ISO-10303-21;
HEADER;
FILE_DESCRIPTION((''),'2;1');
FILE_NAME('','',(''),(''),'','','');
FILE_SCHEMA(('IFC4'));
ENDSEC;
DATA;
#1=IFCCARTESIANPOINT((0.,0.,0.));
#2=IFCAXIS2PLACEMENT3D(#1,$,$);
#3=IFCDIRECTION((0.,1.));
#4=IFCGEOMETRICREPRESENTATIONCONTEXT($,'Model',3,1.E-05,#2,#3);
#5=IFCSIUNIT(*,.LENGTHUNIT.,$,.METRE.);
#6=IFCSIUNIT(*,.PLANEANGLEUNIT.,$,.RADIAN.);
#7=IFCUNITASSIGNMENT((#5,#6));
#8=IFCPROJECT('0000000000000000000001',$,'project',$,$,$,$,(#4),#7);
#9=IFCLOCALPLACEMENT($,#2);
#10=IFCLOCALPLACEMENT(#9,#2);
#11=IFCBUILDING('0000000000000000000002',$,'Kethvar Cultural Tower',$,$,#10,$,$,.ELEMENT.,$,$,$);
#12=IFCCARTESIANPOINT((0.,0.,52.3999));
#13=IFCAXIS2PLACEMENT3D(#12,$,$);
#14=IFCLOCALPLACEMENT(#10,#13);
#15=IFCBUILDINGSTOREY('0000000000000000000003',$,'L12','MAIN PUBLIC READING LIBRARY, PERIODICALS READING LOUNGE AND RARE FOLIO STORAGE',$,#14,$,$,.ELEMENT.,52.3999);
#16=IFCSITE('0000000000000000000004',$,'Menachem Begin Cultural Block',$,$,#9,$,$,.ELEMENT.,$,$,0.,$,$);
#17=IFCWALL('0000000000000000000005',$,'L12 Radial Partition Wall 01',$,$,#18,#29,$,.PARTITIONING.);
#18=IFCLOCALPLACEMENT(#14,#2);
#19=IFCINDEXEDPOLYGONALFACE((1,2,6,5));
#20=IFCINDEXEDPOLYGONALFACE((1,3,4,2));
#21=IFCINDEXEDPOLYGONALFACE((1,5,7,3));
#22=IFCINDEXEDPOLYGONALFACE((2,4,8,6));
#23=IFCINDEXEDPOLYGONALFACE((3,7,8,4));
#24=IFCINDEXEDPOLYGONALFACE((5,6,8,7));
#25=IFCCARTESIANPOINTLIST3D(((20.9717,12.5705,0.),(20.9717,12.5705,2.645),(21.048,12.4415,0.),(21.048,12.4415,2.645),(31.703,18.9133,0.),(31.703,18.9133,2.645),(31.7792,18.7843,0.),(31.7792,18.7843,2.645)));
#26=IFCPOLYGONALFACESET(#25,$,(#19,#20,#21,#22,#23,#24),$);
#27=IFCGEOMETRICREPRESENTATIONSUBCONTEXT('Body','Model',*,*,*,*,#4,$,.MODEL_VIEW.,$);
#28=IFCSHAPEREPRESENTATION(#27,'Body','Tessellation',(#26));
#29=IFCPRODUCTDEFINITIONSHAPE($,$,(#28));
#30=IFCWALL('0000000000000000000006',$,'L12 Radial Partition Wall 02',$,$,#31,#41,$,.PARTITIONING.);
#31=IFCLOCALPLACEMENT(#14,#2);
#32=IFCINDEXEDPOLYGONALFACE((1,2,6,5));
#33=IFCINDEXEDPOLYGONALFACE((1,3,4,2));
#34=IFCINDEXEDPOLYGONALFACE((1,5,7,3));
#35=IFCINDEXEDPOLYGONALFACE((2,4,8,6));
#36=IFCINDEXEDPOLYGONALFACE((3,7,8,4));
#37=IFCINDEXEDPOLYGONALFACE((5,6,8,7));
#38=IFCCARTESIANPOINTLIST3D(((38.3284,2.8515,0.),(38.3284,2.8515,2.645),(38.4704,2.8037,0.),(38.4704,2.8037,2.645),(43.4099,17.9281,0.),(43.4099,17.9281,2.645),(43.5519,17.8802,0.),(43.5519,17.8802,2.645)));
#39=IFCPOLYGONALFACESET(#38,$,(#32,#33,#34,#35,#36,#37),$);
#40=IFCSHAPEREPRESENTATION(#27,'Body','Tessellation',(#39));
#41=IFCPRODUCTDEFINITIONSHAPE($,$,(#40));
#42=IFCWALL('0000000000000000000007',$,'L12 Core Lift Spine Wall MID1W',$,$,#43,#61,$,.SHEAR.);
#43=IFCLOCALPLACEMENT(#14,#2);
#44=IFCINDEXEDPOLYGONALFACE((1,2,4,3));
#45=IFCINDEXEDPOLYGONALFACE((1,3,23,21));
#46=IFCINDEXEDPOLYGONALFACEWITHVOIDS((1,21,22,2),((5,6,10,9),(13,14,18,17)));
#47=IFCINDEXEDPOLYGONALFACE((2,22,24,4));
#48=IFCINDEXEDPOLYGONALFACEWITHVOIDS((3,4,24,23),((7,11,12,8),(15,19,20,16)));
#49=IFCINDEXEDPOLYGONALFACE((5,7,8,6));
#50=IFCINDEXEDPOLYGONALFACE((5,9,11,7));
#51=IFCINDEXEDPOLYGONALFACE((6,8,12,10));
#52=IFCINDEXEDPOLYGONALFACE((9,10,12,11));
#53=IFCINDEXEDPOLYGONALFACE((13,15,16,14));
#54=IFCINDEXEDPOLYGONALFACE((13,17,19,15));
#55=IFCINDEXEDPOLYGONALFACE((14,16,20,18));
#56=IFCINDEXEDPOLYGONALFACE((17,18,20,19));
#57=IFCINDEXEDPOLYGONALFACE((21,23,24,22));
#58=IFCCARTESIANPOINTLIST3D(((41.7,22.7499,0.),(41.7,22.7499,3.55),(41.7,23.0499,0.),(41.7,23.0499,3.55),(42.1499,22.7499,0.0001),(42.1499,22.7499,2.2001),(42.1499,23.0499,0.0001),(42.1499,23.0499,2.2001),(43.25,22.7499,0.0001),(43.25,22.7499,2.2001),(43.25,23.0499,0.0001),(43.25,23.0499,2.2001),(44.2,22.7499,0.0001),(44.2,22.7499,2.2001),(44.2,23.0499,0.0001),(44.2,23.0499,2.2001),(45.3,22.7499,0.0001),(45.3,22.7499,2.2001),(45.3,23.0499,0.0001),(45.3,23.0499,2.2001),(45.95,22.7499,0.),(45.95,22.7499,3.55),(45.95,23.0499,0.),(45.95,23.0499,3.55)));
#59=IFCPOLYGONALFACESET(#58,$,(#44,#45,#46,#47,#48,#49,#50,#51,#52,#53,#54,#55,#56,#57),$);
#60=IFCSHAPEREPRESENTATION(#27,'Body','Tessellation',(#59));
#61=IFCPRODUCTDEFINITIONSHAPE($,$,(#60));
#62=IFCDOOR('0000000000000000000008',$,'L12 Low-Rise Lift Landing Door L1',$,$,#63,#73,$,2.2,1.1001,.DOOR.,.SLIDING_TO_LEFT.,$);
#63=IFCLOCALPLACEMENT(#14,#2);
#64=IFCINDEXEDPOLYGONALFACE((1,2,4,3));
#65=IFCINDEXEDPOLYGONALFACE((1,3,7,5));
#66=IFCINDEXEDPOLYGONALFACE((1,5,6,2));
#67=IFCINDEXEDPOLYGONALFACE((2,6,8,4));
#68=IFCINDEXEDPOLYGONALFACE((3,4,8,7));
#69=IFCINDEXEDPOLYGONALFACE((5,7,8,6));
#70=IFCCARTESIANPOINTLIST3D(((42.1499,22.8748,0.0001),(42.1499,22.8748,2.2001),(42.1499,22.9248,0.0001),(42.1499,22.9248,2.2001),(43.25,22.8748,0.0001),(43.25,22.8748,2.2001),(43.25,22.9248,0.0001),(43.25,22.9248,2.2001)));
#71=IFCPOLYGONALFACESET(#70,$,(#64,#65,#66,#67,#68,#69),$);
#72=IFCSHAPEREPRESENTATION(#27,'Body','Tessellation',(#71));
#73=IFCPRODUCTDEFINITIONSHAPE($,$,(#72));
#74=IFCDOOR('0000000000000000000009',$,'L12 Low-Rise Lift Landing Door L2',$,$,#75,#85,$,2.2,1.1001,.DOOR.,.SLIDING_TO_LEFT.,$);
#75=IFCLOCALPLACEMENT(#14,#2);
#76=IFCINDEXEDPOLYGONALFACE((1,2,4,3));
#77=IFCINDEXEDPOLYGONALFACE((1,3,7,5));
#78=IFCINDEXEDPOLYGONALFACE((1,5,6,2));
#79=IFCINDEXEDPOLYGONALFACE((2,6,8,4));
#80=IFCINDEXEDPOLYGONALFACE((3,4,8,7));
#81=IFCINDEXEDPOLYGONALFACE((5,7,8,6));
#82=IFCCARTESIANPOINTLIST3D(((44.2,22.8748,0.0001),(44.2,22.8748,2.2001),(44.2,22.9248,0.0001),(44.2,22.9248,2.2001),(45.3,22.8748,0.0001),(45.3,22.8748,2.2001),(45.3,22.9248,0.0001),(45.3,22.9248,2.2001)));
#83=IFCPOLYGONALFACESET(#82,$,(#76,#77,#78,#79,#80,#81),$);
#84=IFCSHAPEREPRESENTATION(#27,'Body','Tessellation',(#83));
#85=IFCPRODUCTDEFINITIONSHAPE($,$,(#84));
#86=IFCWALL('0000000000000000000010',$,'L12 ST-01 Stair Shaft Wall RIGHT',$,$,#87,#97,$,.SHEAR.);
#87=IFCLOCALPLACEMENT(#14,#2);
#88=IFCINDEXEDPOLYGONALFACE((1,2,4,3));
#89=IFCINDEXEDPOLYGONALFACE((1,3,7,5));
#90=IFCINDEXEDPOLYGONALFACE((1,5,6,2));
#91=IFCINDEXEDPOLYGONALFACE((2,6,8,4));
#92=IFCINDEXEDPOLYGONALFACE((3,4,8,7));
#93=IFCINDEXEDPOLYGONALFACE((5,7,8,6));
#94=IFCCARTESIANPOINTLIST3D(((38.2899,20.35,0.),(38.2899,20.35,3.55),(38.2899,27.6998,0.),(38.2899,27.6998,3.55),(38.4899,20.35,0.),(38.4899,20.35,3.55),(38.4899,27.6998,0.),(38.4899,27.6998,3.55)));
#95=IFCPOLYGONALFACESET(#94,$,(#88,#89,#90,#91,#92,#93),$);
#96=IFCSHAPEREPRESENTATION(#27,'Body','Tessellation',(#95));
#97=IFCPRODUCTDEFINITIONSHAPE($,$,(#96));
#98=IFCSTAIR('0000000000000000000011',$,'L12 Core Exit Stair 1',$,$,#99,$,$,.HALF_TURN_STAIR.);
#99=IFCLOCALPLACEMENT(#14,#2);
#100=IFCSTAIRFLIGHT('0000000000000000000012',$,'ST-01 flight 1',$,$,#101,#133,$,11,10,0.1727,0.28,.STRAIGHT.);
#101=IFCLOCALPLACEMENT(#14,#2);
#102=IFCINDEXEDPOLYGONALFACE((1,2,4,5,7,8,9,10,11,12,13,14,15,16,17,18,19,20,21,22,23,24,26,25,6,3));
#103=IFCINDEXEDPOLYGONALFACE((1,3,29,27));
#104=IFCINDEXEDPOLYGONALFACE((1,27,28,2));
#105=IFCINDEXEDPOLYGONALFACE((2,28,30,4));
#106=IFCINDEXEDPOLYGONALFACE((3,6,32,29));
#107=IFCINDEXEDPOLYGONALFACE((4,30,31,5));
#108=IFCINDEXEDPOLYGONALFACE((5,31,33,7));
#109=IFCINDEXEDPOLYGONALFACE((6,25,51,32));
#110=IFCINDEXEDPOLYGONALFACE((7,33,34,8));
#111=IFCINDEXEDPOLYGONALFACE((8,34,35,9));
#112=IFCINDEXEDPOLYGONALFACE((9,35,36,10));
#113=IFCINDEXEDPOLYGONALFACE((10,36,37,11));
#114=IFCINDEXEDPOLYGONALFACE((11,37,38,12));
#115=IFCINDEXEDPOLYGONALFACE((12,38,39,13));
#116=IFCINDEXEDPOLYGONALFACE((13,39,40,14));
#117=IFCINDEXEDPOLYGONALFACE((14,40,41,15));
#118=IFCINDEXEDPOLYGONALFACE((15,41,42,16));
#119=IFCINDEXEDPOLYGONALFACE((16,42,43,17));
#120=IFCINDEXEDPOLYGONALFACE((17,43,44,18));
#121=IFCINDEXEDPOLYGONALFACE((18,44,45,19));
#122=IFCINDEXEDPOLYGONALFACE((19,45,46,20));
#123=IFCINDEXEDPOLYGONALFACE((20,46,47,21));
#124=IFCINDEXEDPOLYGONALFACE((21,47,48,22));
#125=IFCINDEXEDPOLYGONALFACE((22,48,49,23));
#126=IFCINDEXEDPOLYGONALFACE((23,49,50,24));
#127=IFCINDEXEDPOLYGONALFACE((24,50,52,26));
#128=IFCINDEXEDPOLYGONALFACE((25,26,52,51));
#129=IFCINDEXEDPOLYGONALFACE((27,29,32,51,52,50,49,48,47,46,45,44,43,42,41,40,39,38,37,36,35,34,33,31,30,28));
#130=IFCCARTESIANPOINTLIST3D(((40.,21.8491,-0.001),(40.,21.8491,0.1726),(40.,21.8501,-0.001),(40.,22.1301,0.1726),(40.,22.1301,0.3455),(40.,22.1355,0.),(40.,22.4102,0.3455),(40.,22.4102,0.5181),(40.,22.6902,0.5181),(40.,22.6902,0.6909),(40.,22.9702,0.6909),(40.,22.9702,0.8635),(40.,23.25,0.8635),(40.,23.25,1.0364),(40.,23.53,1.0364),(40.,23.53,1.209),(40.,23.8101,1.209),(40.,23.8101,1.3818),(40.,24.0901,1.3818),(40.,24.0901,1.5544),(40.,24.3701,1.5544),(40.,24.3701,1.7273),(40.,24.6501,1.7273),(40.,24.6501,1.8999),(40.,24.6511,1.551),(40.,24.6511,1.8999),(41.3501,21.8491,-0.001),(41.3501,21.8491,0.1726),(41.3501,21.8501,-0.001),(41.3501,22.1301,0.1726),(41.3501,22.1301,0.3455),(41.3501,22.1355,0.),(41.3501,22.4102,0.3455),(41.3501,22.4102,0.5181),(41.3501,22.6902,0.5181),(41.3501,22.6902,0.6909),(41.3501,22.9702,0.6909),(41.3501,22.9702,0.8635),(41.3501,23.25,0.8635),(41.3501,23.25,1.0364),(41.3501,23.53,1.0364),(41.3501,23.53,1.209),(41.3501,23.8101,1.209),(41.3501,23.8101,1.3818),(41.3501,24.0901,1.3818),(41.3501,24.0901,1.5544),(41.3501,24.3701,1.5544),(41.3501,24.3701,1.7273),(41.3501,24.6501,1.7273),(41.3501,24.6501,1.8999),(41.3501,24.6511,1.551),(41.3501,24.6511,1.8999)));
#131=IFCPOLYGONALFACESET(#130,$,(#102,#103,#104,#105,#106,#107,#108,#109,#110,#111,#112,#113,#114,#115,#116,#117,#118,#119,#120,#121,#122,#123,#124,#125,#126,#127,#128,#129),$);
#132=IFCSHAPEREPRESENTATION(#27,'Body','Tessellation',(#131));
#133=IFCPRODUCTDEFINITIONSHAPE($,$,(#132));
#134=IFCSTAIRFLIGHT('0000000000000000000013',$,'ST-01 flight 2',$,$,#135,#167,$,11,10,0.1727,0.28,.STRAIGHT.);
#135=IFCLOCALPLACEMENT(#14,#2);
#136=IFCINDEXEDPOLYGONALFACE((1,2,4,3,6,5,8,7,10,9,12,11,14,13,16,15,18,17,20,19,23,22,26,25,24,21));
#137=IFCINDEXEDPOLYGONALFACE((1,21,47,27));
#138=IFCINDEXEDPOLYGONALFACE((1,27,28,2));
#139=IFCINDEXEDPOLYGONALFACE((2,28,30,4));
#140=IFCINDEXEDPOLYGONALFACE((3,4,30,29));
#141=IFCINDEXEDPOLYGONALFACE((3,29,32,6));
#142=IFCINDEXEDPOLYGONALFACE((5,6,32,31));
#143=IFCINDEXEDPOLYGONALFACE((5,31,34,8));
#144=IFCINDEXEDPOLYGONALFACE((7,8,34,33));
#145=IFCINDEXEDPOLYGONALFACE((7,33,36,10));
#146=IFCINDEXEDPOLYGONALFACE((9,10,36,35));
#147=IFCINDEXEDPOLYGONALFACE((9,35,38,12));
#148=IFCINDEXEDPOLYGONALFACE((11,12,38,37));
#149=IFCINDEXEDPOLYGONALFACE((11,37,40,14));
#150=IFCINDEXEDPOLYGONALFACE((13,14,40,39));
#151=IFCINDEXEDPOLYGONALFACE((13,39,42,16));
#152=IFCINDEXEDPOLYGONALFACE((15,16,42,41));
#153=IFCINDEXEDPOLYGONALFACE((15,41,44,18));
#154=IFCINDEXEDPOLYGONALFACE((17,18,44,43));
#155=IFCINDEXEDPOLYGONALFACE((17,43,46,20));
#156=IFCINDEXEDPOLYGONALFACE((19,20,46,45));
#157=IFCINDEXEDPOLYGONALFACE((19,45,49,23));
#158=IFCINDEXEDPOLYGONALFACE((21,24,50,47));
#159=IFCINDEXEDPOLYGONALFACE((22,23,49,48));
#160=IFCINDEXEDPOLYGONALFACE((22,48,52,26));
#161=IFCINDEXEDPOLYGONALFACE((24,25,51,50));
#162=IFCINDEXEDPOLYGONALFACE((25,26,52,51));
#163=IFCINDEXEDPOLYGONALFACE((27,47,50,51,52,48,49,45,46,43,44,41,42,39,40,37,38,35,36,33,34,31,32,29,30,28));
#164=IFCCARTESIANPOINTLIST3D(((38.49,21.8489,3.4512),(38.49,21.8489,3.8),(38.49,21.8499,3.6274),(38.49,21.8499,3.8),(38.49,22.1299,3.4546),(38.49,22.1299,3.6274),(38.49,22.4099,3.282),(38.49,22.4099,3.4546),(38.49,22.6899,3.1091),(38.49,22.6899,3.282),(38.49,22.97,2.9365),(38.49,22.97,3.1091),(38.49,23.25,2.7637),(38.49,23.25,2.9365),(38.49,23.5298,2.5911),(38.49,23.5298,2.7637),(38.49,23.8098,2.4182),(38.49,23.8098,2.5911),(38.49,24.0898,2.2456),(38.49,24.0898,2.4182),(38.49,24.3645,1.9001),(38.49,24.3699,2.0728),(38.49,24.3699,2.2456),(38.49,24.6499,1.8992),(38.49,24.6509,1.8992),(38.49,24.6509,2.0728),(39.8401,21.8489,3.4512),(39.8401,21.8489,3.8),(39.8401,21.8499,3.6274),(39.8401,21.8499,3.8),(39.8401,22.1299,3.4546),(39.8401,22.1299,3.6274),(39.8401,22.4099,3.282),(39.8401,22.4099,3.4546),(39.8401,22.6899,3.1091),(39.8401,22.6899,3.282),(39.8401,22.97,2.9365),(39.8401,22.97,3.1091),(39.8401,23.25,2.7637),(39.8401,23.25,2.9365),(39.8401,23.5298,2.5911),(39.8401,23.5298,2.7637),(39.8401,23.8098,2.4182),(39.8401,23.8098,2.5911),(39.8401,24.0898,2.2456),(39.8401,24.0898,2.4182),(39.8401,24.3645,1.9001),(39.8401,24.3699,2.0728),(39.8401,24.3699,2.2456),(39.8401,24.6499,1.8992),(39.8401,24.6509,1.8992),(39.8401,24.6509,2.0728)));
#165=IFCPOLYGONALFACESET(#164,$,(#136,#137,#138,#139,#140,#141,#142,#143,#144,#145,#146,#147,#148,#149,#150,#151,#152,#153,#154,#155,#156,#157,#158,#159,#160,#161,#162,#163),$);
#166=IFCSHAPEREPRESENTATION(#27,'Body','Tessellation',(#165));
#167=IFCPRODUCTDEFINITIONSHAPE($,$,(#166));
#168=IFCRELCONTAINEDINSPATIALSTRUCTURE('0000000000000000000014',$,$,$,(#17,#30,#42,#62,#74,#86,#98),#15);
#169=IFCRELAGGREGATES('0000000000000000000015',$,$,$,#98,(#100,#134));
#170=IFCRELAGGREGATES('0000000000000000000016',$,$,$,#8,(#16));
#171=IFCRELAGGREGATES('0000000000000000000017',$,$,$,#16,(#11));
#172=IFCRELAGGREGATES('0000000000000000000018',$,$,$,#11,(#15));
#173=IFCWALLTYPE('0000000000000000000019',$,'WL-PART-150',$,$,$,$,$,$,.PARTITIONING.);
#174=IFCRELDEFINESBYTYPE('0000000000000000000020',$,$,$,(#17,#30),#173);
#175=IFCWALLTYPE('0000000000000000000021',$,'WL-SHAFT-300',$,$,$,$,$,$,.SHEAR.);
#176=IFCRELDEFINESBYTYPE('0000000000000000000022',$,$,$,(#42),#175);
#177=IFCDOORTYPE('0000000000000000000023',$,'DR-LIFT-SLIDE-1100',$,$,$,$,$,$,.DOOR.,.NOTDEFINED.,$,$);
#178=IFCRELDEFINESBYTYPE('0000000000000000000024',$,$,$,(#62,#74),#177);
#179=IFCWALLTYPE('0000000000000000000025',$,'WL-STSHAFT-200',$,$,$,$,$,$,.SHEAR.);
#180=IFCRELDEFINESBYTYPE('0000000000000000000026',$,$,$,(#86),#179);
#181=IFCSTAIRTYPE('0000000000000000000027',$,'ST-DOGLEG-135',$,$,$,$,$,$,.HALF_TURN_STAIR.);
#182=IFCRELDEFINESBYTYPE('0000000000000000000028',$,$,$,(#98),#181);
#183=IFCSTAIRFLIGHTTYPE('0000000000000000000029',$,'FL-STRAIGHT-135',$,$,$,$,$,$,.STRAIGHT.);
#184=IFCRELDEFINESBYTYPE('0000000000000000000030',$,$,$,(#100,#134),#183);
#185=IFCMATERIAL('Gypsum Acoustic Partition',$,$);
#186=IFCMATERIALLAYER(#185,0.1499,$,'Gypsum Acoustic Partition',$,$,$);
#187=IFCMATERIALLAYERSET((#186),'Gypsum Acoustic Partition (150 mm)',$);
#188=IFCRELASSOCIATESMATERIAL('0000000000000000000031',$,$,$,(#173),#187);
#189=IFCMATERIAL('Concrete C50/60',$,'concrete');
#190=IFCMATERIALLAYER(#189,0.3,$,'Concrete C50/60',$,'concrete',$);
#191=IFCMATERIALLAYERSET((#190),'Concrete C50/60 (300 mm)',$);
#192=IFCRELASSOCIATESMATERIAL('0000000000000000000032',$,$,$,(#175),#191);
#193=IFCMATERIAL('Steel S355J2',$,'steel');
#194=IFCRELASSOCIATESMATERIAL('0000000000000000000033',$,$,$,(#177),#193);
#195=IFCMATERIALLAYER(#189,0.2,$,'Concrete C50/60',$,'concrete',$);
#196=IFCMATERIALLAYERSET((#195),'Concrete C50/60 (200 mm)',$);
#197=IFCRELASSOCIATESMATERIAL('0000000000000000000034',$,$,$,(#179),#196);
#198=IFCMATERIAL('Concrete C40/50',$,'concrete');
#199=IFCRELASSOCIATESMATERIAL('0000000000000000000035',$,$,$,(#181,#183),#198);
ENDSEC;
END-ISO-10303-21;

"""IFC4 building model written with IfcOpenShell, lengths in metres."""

from ifc_helpers import new_model, si_unit, direction, frame, frame_2d, origin, place, context, subcontext, project, spatial, polyline, rectangle, outline, extrude, source, transform, mapped, material, layer, layer_set, type_object, element, fill, aggregate, save


model = new_model("IFC4")

# Units and contexts
model_context = context("Model", 3, precision=1e-05, world=origin(), true_north=direction((0.0, 1.0)))
body_context = subcontext(model_context, "Body", "Model", "MODEL_VIEW")
ifc_project = project(units=[si_unit("LENGTHUNIT", "METRE"), si_unit("PLANEANGLEUNIT", "RADIAN")], contexts=[model_context])

# Site, building, storey
site_placement = place(None, origin())
site = spatial("IfcSite", under=ifc_project, at=site_placement, Name="Menachem Begin Cultural Block", CompositionType="ELEMENT", RefElevation=0.0)
building_placement = place(site_placement, origin())
building = spatial("IfcBuilding", under=site, at=building_placement, Name="Kethvar Cultural Tower", CompositionType="ELEMENT")
storey_placement = place(building_placement, frame((0.0, 0.0, 52.3999)))
storey = spatial("IfcBuildingStorey", under=building, at=storey_placement, Name="L12", Description="MAIN PUBLIC READING LIBRARY, PERIODICALS READING LOUNGE AND RARE FOLIO STORAGE", CompositionType="ELEMENT", Elevation=52.3999)

# Shared definitions
ifc_material_1 = material(Name="Steel S355J2", Category="steel")

# Walls
ifc_material_2 = material(Name="Gypsum Acoustic Partition")
ifc_layer_1 = layer(ifc_material_2, 0.1499, Name="Gypsum Acoustic Partition")
ifc_layer_set_1 = layer_set([ifc_layer_1], Name="Gypsum Acoustic Partition (150 mm)")
wall_type_1 = type_object("IfcWallType", Name="WL-PART-150", PredefinedType="PARTITIONING", material=ifc_layer_set_1)
wall_1_placement = place(storey_placement, frame((31.7412, 18.8489, 0.0), z_axis=(0.0, 0.0, 1.0), x_axis=(-0.86087, -0.508825, 0.0)))
element("IfcWall", 1, at=wall_1_placement, inside=storey, type_object=wall_type_1, Name="L12 Radial Partition Wall 01", PredefinedType="PARTITIONING", context=body_context, shape_type="SweptSolid", body=[
    extrude(rectangle(XDim=12.4656, YDim=0.1499, at=frame_2d((6.2329, 0.0))), origin(), (0.0, 0.0, 1.0), 2.645),
])
wall_2_placement = place(storey_placement, frame((43.481, 17.9043, 0.0), z_axis=(0.0, 0.0, 1.0), x_axis=(-0.319393, -0.947622, 0.0)))
element("IfcWall", 2, at=wall_2_placement, inside=storey, type_object=wall_type_1, Name="L12 Radial Partition Wall 02", PredefinedType="PARTITIONING", context=body_context, shape_type="SweptSolid", body=[
    extrude(rectangle(XDim=15.9099, YDim=0.1499, at=frame_2d((7.9551, 0.0))), origin(), (0.0, 0.0, 1.0), 2.645),
])

# Wall, openings, doors
ifc_material_3 = material(Name="Concrete C50/60", Category="concrete")
ifc_layer_2 = layer(ifc_material_3, 0.3, Name="Concrete C50/60", Category="concrete")
ifc_layer_set_2 = layer_set([ifc_layer_2], Name="Concrete C50/60 (300 mm)")
wall_type_2 = type_object("IfcWallType", Name="WL-SHAFT-300", PredefinedType="SHEAR", material=ifc_layer_set_2)
wall_3_placement = place(storey_placement, frame((41.7, 22.8999, 0.0), z_axis=(0.0, 0.0, 1.0), x_axis=(1.0, 0.0, 0.0)))
wall_3 = element("IfcWall", 3, at=wall_3_placement, inside=storey, type_object=wall_type_2, Name="L12 Core Lift Spine Wall MID1W", PredefinedType="SHEAR", context=body_context, shape_type="SweptSolid", body=[
    extrude(rectangle(XDim=4.25, YDim=0.3, at=frame_2d((2.125, 0.0))), origin(), (0.0, 0.0, 1.0), 3.55),
])
opening_1_placement = place(wall_3_placement, frame((0.45, 0.0, 0.0)))
opening_1 = element("IfcOpeningElement", 4, at=opening_1_placement, cuts=wall_3, PredefinedType="OPENING", context=body_context, shape_type="SweptSolid", body=[
    extrude(rectangle(XDim=1.1001, YDim=2.2, at=frame_2d((0.55, 1.1001))), frame((0.0, 0.1599, 0.0), z_axis=(0.0, -1.0, 0.0), x_axis=(1.0, 0.0, 0.0)), (0.0, 0.0, 1.0), 0.3201),
])
opening_2_placement = place(wall_3_placement, frame((2.5, 0.0, 0.0)))
opening_2 = element("IfcOpeningElement", 5, at=opening_2_placement, cuts=wall_3, PredefinedType="OPENING", context=body_context, shape_type="SweptSolid", body=[
    extrude(rectangle(XDim=1.1001, YDim=2.2, at=frame_2d((0.55, 1.1001))), frame((0.0, 0.1599, 0.0), z_axis=(0.0, -1.0, 0.0), x_axis=(1.0, 0.0, 0.0)), (0.0, 0.0, 1.0), 0.3201),
])
door_type_1 = type_object("IfcDoorType", Name="DR-LIFT-SLIDE-1100", OperationType="NOTDEFINED", PredefinedType="DOOR", material=ifc_material_1)
shared_shape_1 = source(origin(), body_context, "Body", "SweptSolid", [
    extrude(rectangle(XDim=1.1001, YDim=2.2, at=frame_2d((0.55, 1.1001))), frame((0.0, 0.0249, 0.0), z_axis=(0.0, -1.0, 0.0), x_axis=(1.0, 0.0, 0.0)), (0.0, 0.0, 1.0), 0.05),
])
door_1_placement = place(opening_1_placement, origin())
door_1 = element("IfcDoor", 6, at=door_1_placement, inside=storey, type_object=door_type_1, Name="L12 Low-Rise Lift Landing Door L1", OperationType="SLIDING_TO_LEFT", OverallHeight=2.2, OverallWidth=1.1001, PredefinedType="DOOR", context=body_context, shape_type="MappedRepresentation", body=[
    mapped(shared_shape_1, transform((0.0, 0.0, 0.0), scale=1.0)),
])
fill(opening_1, door_1)
door_2_placement = place(opening_2_placement, origin())
door_2 = element("IfcDoor", 7, at=door_2_placement, inside=storey, type_object=door_type_1, Name="L12 Low-Rise Lift Landing Door L2", OperationType="SLIDING_TO_LEFT", OverallHeight=2.2, OverallWidth=1.1001, PredefinedType="DOOR", context=body_context, shape_type="MappedRepresentation", body=[
    mapped(shared_shape_1, transform((0.0, 0.0, 0.0), scale=1.0)),
])
fill(opening_2, door_2)

# Wall
ifc_layer_3 = layer(ifc_material_3, 0.2, Name="Concrete C50/60", Category="concrete")
ifc_layer_set_3 = layer_set([ifc_layer_3], Name="Concrete C50/60 (200 mm)")
wall_type_3 = type_object("IfcWallType", Name="WL-STSHAFT-200", PredefinedType="SHEAR", material=ifc_layer_set_3)
wall_4_placement = place(storey_placement, frame((38.3899, 20.3501, 0.0), z_axis=(0.0, 0.0, 1.0), x_axis=(0.0, 1.0, 0.0)))
element("IfcWall", 8, at=wall_4_placement, inside=storey, type_object=wall_type_3, Name="L12 ST-01 Stair Shaft Wall RIGHT", PredefinedType="SHEAR", context=body_context, shape_type="SweptSolid", body=[
    extrude(rectangle(XDim=7.3499, YDim=0.2, at=frame_2d((3.6748, 0.0))), origin(), (0.0, 0.0, 1.0), 3.55),
])

# Stair, stair flights
ifc_material_4 = material(Name="Concrete C40/50", Category="concrete")
stair_type = type_object("IfcStairType", Name="ST-DOGLEG-135", PredefinedType="HALF_TURN_STAIR", material=ifc_material_4)
stair_placement = place(storey_placement, origin())
stair = element("IfcStair", 9, at=stair_placement, inside=storey, type_object=stair_type, Name="L12 Core Exit Stair 1", PredefinedType="HALF_TURN_STAIR")
stair_flight_type = type_object("IfcStairFlightType", Name="FL-STRAIGHT-135", PredefinedType="STRAIGHT", material=ifc_material_4)
stair_flight_1_placement = place(storey_placement, frame((40.675, 21.8501, 0.0), z_axis=(0.0, 0.0, 1.0), x_axis=(0.0, 1.0, 0.0)))
stair_flight_1 = element("IfcStairFlight", 10, at=stair_flight_1_placement, type_object=stair_flight_type, Name="ST-01 flight 1", NumberOfRisers=11, NumberOfTreads=10, PredefinedType="STRAIGHT", RiserHeight=0.1727, TreadLength=0.28, context=body_context, shape_type="SweptSolid", body=[
    extrude(outline(polyline([(-0.001, -0.001), (-0.001, 0.1726), (0.28, 0.1726), (0.28, 0.3455), (0.5601, 0.3455), (0.5601, 0.5181), (0.8401, 0.5181), (0.8401, 0.6909), (1.1201, 0.6909), (1.1201, 0.8635), (1.3999, 0.8635), (1.3999, 1.0364), (1.6799, 1.0364), (1.6799, 1.209), (1.96, 1.209), (1.96, 1.3818), (2.24, 1.3818), (2.24, 1.5544), (2.52, 1.5544), (2.52, 1.7273), (2.8, 1.7273), (2.8, 1.8999), (2.801, 1.8999), (2.801, 1.551), (0.2854, 0.0), (0.0, -0.001), (-0.001, -0.001)])), frame((0.0, 0.675, 0.0), z_axis=(0.0, -1.0, 0.0), x_axis=(1.0, 0.0, 0.0)), (0.0, 0.0, 1.0), 1.3501),
])
stair_flight_2_placement = place(storey_placement, frame((39.165, 24.6499, 1.9001), z_axis=(0.0, 0.0, 1.0), x_axis=(0.0, -1.0, 0.0)))
stair_flight_2 = element("IfcStairFlight", 11, at=stair_flight_2_placement, type_object=stair_flight_type, Name="ST-01 flight 2", NumberOfRisers=11, NumberOfTreads=10, PredefinedType="STRAIGHT", RiserHeight=0.1727, TreadLength=0.28, context=body_context, shape_type="SweptSolid", body=[
    extrude(outline(polyline([(-0.001, -0.001), (-0.001, 0.1726), (0.28, 0.1726), (0.28, 0.3455), (0.5601, 0.3455), (0.5601, 0.5181), (0.8401, 0.5181), (0.8401, 0.6909), (1.1201, 0.6909), (1.1201, 0.8635), (1.3999, 0.8635), (1.3999, 1.0364), (1.6799, 1.0364), (1.6799, 1.209), (1.96, 1.209), (1.96, 1.3818), (2.24, 1.3818), (2.24, 1.5544), (2.52, 1.5544), (2.52, 1.7273), (2.8, 1.7273), (2.8, 1.8999), (2.801, 1.8999), (2.801, 1.551), (0.2854, 0.0), (0.0, -0.001), (-0.001, -0.001)])), frame((0.0, 0.675, 0.0), z_axis=(0.0, -1.0, 0.0), x_axis=(1.0, 0.0, 0.0)), (0.0, 0.0, 1.0), 1.3501),
])
aggregate(stair, [stair_flight_1, stair_flight_2])

save(model, "model.ifc")
